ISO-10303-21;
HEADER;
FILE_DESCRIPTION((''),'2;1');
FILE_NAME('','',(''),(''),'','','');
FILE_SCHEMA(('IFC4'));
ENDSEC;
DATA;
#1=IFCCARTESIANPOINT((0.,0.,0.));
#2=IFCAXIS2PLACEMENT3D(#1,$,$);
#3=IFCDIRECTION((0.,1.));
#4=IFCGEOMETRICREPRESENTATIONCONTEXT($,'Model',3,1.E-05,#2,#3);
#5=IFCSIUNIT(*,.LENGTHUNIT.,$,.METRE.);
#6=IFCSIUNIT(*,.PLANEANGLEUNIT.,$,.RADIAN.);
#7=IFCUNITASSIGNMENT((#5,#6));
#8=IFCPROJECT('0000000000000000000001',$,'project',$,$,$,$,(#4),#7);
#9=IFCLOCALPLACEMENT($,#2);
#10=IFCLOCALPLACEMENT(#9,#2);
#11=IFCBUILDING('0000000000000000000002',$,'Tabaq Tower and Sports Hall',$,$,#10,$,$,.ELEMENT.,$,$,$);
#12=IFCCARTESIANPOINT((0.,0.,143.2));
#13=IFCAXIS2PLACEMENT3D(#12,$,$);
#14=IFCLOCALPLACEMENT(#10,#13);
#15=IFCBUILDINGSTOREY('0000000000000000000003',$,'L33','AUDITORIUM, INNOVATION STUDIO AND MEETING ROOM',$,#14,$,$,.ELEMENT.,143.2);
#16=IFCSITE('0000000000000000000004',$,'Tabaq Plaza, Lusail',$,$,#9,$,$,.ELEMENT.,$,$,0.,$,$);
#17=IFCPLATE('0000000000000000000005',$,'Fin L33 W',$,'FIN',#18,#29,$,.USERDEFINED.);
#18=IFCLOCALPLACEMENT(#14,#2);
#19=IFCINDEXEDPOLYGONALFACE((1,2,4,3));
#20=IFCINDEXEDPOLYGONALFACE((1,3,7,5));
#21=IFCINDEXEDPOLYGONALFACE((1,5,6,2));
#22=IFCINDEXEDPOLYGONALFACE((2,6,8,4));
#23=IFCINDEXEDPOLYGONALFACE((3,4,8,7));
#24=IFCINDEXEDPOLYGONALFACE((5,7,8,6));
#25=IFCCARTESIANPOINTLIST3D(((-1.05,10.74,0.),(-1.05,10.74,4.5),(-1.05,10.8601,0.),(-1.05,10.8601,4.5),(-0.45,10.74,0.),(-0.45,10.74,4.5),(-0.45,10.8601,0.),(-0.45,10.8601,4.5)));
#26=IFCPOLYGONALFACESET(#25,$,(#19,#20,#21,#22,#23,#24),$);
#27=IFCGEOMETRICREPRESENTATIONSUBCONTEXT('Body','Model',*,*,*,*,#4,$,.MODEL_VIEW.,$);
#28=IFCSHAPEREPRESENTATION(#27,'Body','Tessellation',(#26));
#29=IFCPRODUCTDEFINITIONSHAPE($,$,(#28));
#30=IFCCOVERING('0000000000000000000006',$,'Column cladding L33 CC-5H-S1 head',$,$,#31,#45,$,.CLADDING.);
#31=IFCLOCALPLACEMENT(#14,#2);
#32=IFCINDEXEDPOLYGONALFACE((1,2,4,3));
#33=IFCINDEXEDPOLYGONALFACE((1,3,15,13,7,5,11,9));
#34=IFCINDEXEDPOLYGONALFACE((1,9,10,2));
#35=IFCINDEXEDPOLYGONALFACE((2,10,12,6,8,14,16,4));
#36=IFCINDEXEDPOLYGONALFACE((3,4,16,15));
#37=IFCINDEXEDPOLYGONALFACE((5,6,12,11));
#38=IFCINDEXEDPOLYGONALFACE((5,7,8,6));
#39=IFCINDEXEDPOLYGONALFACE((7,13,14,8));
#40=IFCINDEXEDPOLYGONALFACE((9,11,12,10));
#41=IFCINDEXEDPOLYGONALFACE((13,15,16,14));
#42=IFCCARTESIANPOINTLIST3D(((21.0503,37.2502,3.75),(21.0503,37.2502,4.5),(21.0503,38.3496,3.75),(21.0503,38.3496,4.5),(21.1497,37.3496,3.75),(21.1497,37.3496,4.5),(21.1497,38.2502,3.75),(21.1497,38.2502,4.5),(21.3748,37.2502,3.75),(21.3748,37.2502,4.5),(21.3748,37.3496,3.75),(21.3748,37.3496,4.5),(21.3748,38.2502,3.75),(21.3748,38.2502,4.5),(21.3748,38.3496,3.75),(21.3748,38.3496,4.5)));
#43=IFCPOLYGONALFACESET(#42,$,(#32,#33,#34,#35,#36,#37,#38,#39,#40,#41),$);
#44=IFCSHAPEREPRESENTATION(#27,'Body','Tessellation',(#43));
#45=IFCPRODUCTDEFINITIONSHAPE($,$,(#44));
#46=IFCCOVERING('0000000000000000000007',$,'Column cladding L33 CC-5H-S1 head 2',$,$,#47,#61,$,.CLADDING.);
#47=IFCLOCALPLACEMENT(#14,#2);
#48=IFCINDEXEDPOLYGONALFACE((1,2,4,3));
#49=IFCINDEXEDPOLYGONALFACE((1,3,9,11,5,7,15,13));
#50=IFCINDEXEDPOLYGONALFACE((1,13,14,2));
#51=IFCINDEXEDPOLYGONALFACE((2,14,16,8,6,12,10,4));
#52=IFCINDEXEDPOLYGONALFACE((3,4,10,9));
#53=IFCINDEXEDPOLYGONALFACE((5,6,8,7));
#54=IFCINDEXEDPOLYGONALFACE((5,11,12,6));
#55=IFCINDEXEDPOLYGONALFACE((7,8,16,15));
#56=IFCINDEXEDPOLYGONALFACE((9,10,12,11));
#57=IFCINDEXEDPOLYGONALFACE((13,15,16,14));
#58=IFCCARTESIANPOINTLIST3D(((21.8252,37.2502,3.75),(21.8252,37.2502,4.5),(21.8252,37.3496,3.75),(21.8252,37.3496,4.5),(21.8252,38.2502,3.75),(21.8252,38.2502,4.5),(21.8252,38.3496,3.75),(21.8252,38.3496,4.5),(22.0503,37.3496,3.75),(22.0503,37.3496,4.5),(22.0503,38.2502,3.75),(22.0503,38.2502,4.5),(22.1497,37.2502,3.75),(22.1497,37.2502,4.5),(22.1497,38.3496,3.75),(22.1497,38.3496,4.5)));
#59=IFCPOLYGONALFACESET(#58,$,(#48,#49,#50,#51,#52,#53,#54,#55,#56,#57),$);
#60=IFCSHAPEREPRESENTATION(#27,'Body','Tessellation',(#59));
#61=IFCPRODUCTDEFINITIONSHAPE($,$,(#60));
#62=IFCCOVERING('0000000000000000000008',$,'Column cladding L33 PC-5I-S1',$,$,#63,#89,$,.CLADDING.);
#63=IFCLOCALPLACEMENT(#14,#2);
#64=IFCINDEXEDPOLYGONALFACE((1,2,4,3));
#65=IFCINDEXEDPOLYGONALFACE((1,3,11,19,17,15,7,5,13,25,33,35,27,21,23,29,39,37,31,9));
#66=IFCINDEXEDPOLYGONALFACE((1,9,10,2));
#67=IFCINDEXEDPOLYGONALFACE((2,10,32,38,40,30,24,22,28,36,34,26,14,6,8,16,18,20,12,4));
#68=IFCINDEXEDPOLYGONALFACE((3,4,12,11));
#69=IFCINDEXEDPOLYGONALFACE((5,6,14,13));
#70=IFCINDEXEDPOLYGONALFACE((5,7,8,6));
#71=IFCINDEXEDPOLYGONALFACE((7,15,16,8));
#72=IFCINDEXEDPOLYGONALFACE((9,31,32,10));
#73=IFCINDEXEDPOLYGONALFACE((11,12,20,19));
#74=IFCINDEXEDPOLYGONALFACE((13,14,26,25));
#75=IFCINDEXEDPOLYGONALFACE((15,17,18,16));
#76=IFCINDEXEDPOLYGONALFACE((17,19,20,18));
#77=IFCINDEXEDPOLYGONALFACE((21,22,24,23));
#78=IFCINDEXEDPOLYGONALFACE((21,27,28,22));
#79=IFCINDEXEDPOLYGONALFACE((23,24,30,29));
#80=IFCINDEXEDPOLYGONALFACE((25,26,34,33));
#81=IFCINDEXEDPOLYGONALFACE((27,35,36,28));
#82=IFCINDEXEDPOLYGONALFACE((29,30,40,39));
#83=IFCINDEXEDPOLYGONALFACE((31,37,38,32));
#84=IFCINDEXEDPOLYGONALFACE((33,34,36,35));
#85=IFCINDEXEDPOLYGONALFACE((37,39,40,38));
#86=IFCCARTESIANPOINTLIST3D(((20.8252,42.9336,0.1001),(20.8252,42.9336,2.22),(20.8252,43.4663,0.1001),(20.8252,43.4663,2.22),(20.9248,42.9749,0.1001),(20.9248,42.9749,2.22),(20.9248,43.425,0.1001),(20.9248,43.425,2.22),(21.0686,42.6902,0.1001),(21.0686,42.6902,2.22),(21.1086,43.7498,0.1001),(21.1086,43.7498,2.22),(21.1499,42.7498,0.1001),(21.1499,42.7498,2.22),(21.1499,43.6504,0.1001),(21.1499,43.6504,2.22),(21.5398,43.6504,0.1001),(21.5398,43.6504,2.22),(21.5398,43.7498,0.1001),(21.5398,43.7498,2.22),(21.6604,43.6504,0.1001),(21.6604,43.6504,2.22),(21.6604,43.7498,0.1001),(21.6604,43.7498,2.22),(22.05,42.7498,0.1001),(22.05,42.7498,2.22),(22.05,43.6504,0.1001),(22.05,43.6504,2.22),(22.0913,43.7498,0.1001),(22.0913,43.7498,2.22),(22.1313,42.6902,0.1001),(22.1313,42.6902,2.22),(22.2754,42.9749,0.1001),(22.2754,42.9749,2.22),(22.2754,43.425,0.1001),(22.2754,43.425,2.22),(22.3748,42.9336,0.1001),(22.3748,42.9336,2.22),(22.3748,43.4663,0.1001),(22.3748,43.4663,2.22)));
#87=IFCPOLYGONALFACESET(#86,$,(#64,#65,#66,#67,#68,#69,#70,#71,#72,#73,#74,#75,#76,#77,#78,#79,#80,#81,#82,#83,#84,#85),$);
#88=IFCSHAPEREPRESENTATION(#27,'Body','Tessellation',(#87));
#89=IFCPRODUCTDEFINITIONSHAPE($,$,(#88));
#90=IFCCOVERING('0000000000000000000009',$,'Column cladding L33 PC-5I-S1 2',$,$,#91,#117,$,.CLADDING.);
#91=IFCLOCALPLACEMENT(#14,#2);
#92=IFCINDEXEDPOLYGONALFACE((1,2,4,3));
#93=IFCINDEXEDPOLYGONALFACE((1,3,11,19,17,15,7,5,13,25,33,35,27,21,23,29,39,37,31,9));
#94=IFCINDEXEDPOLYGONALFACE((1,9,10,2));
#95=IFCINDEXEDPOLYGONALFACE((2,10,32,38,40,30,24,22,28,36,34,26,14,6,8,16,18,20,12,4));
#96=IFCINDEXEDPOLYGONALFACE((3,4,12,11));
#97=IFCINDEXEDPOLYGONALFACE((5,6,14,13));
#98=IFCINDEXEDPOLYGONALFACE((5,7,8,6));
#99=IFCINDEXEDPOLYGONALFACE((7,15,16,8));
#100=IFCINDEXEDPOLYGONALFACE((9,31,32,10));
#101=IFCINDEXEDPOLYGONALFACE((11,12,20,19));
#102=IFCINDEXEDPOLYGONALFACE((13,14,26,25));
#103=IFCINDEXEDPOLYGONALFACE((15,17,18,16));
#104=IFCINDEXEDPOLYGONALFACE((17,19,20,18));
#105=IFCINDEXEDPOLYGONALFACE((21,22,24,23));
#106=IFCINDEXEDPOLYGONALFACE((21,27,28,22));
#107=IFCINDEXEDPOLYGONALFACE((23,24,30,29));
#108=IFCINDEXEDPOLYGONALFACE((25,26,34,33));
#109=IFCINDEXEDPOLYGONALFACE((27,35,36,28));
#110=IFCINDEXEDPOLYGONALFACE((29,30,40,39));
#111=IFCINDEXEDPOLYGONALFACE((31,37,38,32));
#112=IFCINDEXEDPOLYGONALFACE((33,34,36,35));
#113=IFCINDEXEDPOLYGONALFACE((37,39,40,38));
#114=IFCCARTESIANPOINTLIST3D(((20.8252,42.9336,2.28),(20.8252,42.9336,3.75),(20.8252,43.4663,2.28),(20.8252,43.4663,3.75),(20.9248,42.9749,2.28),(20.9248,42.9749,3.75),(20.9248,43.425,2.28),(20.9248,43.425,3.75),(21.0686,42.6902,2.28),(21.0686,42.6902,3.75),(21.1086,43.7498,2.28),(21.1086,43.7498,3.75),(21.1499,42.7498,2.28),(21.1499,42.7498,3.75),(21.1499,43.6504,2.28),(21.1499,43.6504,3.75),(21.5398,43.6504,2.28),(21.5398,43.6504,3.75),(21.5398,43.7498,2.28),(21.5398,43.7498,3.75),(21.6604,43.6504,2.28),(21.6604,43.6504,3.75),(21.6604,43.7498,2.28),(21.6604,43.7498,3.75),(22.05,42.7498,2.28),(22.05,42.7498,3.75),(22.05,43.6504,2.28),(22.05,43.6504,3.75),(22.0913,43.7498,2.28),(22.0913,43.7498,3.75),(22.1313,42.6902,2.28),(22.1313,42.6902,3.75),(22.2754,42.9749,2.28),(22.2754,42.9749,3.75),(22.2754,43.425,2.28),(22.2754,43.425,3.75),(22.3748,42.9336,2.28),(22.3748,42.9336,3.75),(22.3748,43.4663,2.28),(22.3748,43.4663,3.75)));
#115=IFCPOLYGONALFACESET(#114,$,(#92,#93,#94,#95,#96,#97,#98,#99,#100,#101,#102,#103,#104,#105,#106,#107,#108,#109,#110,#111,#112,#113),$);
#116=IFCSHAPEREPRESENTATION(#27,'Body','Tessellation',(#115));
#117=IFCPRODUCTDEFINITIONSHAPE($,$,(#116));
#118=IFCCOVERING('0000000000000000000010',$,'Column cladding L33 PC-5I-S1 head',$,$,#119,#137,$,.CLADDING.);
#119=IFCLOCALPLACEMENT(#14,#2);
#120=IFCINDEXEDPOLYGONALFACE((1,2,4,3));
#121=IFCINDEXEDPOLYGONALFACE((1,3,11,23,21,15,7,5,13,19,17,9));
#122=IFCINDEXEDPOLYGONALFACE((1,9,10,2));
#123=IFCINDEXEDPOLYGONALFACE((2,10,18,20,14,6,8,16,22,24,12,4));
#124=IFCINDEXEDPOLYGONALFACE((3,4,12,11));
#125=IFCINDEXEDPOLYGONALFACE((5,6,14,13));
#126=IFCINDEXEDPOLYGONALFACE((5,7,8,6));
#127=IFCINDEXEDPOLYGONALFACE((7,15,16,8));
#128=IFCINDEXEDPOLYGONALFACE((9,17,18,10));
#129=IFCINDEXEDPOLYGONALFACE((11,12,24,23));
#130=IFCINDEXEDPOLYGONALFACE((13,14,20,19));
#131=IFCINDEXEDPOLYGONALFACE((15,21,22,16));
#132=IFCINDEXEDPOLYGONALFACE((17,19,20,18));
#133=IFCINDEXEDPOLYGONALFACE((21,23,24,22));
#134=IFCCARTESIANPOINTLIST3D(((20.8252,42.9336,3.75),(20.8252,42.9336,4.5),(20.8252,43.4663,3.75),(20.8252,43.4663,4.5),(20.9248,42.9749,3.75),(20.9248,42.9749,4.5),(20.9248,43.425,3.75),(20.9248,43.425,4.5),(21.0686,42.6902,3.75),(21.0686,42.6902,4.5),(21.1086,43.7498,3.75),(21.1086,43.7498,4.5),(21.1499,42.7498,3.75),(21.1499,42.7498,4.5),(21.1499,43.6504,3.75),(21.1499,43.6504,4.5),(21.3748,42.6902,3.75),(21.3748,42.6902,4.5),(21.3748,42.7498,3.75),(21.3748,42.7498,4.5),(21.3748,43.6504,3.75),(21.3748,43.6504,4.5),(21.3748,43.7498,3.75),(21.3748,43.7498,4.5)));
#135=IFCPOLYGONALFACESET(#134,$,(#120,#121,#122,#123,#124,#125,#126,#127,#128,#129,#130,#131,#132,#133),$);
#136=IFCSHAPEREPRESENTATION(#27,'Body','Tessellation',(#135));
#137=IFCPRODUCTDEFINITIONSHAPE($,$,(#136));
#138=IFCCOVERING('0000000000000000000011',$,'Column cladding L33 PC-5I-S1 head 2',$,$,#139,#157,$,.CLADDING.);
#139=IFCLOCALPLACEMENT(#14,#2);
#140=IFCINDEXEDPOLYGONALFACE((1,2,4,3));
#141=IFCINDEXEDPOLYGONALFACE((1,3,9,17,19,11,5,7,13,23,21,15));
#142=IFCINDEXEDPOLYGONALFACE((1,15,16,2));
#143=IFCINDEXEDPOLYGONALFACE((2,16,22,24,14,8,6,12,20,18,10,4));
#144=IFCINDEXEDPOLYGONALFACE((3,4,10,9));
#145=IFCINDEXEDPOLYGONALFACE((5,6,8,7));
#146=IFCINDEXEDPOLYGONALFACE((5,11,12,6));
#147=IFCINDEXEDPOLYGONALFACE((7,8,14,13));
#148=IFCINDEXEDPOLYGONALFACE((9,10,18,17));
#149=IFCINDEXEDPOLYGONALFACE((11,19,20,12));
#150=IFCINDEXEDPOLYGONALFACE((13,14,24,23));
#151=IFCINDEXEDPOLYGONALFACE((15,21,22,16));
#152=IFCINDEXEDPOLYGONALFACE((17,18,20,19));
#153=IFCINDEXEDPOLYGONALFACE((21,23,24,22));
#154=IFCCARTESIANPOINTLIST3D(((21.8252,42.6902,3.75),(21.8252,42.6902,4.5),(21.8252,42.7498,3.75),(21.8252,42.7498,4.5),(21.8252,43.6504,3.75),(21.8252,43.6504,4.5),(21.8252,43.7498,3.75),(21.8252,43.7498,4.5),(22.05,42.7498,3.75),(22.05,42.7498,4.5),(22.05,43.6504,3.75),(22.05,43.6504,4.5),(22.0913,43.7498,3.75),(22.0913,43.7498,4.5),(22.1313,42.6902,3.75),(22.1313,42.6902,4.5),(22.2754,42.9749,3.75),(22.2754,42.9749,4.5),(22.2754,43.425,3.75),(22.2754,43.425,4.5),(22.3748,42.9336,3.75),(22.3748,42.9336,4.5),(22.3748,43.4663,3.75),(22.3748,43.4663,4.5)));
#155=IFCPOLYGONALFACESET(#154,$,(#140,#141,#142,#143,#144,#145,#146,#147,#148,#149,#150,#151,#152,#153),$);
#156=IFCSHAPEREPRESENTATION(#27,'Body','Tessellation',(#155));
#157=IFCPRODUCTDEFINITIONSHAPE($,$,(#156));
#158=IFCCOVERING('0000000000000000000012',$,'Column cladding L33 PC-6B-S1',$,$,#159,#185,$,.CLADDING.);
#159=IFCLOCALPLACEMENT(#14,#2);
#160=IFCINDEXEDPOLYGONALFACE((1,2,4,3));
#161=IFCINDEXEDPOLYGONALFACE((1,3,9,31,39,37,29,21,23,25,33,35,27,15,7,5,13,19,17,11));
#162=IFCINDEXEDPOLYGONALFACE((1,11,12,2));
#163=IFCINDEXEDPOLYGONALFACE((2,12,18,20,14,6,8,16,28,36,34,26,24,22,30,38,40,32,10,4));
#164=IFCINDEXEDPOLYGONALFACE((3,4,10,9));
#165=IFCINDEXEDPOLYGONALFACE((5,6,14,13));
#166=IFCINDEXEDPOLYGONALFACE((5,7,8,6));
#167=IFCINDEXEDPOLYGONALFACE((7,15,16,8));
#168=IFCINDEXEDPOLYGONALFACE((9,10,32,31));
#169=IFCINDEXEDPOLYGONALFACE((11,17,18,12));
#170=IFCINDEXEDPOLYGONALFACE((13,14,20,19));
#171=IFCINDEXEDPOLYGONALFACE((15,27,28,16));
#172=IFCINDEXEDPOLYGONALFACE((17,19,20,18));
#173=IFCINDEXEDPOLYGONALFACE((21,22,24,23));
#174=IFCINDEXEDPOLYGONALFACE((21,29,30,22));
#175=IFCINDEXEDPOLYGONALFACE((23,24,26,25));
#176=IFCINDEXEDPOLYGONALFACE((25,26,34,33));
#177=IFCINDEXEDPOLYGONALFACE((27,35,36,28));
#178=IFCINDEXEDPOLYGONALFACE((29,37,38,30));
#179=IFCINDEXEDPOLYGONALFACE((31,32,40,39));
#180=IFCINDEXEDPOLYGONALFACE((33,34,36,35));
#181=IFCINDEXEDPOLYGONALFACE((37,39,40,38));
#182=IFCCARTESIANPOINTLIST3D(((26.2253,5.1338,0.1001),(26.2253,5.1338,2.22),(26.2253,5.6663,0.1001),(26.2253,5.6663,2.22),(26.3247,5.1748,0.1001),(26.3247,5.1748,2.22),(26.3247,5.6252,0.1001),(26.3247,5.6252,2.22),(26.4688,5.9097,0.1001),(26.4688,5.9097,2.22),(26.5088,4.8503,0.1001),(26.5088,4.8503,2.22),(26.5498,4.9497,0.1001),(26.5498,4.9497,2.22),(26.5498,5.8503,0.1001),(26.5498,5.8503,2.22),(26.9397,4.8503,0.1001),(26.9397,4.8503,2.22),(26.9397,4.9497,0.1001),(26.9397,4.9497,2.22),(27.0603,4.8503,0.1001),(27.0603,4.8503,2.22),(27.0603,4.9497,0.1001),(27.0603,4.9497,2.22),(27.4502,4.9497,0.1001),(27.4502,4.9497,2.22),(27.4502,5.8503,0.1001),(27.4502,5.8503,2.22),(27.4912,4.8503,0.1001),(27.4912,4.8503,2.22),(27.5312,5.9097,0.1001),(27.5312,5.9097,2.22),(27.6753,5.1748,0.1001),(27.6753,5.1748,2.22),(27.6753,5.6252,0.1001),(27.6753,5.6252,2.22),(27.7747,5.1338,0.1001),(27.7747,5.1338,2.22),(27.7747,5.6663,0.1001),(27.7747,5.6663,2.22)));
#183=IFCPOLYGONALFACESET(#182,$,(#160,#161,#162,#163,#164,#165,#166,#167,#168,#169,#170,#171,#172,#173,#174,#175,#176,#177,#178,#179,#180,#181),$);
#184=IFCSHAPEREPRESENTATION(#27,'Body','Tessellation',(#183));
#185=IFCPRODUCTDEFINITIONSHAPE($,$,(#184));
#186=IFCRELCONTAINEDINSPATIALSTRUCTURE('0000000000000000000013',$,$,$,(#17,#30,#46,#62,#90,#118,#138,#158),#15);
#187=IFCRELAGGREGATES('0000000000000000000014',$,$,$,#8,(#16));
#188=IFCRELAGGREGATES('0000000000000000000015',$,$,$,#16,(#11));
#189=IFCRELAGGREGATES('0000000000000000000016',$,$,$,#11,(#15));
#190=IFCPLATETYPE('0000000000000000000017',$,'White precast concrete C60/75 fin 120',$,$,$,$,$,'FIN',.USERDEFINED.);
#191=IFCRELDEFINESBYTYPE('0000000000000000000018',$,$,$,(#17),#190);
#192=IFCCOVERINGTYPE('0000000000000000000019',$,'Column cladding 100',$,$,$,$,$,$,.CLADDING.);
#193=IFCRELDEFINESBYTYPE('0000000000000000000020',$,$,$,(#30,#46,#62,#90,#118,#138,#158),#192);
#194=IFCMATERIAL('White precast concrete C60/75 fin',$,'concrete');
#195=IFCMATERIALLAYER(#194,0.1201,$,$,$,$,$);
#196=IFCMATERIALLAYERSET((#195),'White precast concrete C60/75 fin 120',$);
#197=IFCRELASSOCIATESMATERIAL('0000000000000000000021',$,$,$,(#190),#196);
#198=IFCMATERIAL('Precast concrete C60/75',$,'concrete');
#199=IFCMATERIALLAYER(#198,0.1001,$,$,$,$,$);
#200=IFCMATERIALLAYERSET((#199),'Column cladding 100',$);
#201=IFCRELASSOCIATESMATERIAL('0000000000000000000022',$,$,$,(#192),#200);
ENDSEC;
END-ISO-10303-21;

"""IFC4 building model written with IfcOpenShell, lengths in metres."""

from ifc_helpers import new_model, si_unit, direction, frame, origin, origin_2d, place, context, subcontext, project, spatial, polyline, rectangle, outline, extrude, material, layer, layer_set, type_object, element, save


model = new_model("IFC4")

# Units and contexts
model_context = context("Model", 3, precision=1e-05, world=origin(), true_north=direction((0.0, 1.0)))
body_context = subcontext(model_context, "Body", "Model", "MODEL_VIEW")
ifc_project = project(units=[si_unit("LENGTHUNIT", "METRE"), si_unit("PLANEANGLEUNIT", "RADIAN")], contexts=[model_context])

# Site, building, storey
site_placement = place(None, origin())
site = spatial("IfcSite", under=ifc_project, at=site_placement, Name="Tabaq Plaza, Lusail", CompositionType="ELEMENT", RefElevation=0.0)
building_placement = place(site_placement, origin())
building = spatial("IfcBuilding", under=site, at=building_placement, Name="Tabaq Tower and Sports Hall", CompositionType="ELEMENT")
storey_placement = place(building_placement, frame((0.0, 0.0, 143.2)))
storey = spatial("IfcBuildingStorey", under=building, at=storey_placement, Name="L33", Description="AUDITORIUM, INNOVATION STUDIO AND MEETING ROOM", CompositionType="ELEMENT", Elevation=143.2)

# Plate
ifc_material_1 = material(Name="White precast concrete C60/75 fin", Category="concrete")
ifc_layer_1 = layer(ifc_material_1, 0.1201)
ifc_layer_set_1 = layer_set([ifc_layer_1], Name="White precast concrete C60/75 fin 120")
plate_type = type_object("IfcPlateType", Name="White precast concrete C60/75 fin 120", ElementType="FIN", PredefinedType="USERDEFINED", material=ifc_layer_set_1)
plate_placement = place(storey_placement, frame((-0.75, 10.8, 0.0), z_axis=(0.0, 0.0, 1.0), x_axis=(0.0, -1.0, 0.0)))
element("IfcPlate", 1, at=plate_placement, inside=storey, type_object=plate_type, Name="Fin L33 W", ObjectType="FIN", PredefinedType="USERDEFINED", context=body_context, shape_type="SweptSolid", body=[
    extrude(rectangle(XDim=0.1201, YDim=0.6001, at=origin_2d()), origin(), (0.0, 0.0, 1.0), 4.5),
])

# Coverings
ifc_material_2 = material(Name="Precast concrete C60/75", Category="concrete")
ifc_layer_2 = layer(ifc_material_2, 0.1001)
ifc_layer_set_2 = layer_set([ifc_layer_2], Name="Column cladding 100")
covering_type_1 = type_object("IfcCoveringType", Name="Column cladding 100", PredefinedType="CLADDING", material=ifc_layer_set_2)
covering_1_placement = place(storey_placement, frame((0.0, 0.0, 3.75)))
element("IfcCovering", 2, at=covering_1_placement, inside=storey, type_object=covering_type_1, Name="Column cladding L33 CC-5H-S1 head", PredefinedType="CLADDING", context=body_context, shape_type="SweptSolid", body=[
    extrude(outline(polyline([(21.3748, 38.3496), (21.3748, 38.2502), (21.1497, 38.2502), (21.1497, 37.3496), (21.3748, 37.3496), (21.3748, 37.2502), (21.0503, 37.2502), (21.0503, 38.3496), (21.3748, 38.3496)])), origin(), (0.0, 0.0, 1.0), 0.75),
])
covering_2_placement = place(storey_placement, frame((0.0, 0.0, 3.75)))
element("IfcCovering", 3, at=covering_2_placement, inside=storey, type_object=covering_type_1, Name="Column cladding L33 CC-5H-S1 head 2", PredefinedType="CLADDING", context=body_context, shape_type="SweptSolid", body=[
    extrude(outline(polyline([(22.1497, 38.3496), (22.1497, 37.2502), (21.8252, 37.2502), (21.8252, 37.3496), (22.0503, 37.3496), (22.0503, 38.2502), (21.8252, 38.2502), (21.8252, 38.3496), (22.1497, 38.3496)])), origin(), (0.0, 0.0, 1.0), 0.75),
])
covering_3_placement = place(storey_placement, frame((0.0, 0.0, 0.1001)))
element("IfcCovering", 4, at=covering_3_placement, inside=storey, type_object=covering_type_1, Name="Column cladding L33 PC-5I-S1", PredefinedType="CLADDING", context=body_context, shape_type="SweptSolid", body=[
    extrude(outline(polyline([(20.8252, 43.4663), (21.1086, 43.7498), (21.5398, 43.7498), (21.5398, 43.6504), (21.1499, 43.6504), (20.9248, 43.425), (20.9248, 42.9749), (21.1499, 42.7498), (22.05, 42.7498), (22.2754, 42.9749), (22.2754, 43.425), (22.05, 43.6504), (21.6604, 43.6504), (21.6604, 43.7498), (22.0913, 43.7498), (22.3748, 43.4663), (22.3748, 42.9336), (22.1313, 42.6902), (21.0686, 42.6902), (20.8252, 42.9336), (20.8252, 43.4663)])), origin(), (0.0, 0.0, 1.0), 2.1199),
])
covering_4_placement = place(storey_placement, frame((0.0, 0.0, 2.28)))
element("IfcCovering", 5, at=covering_4_placement, inside=storey, type_object=covering_type_1, Name="Column cladding L33 PC-5I-S1 2", PredefinedType="CLADDING", context=body_context, shape_type="SweptSolid", body=[
    extrude(outline(polyline([(20.8252, 43.4663), (21.1086, 43.7498), (21.5398, 43.7498), (21.5398, 43.6504), (21.1499, 43.6504), (20.9248, 43.425), (20.9248, 42.9749), (21.1499, 42.7498), (22.05, 42.7498), (22.2754, 42.9749), (22.2754, 43.425), (22.05, 43.6504), (21.6604, 43.6504), (21.6604, 43.7498), (22.0913, 43.7498), (22.3748, 43.4663), (22.3748, 42.9336), (22.1313, 42.6902), (21.0686, 42.6902), (20.8252, 42.9336), (20.8252, 43.4663)])), origin(), (0.0, 0.0, 1.0), 1.47),
])
covering_5_placement = place(storey_placement, frame((0.0, 0.0, 3.75)))
element("IfcCovering", 6, at=covering_5_placement, inside=storey, type_object=covering_type_1, Name="Column cladding L33 PC-5I-S1 head", PredefinedType="CLADDING", context=body_context, shape_type="SweptSolid", body=[
    extrude(outline(polyline([(21.1086, 43.7498), (21.3748, 43.7498), (21.3748, 43.6504), (21.1499, 43.6504), (20.9248, 43.425), (20.9248, 42.9749), (21.1499, 42.7498), (21.3748, 42.7498), (21.3748, 42.6902), (21.0686, 42.6902), (20.8252, 42.9336), (20.8252, 43.4663), (21.1086, 43.7498)])), origin(), (0.0, 0.0, 1.0), 0.75),
])
covering_6_placement = place(storey_placement, frame((0.0, 0.0, 3.75)))
element("IfcCovering", 7, at=covering_6_placement, inside=storey, type_object=covering_type_1, Name="Column cladding L33 PC-5I-S1 head 2", PredefinedType="CLADDING", context=body_context, shape_type="SweptSolid", body=[
    extrude(outline(polyline([(22.05, 42.7498), (22.2754, 42.9749), (22.2754, 43.425), (22.05, 43.6504), (21.8252, 43.6504), (21.8252, 43.7498), (22.0913, 43.7498), (22.3748, 43.4663), (22.3748, 42.9336), (22.1313, 42.6902), (21.8252, 42.6902), (21.8252, 42.7498), (22.05, 42.7498)])), origin(), (0.0, 0.0, 1.0), 0.75),
])
covering_7_placement = place(storey_placement, frame((0.0, 0.0, 0.1001)))
element("IfcCovering", 8, at=covering_7_placement, inside=storey, type_object=covering_type_1, Name="Column cladding L33 PC-6B-S1", PredefinedType="CLADDING", context=body_context, shape_type="SweptSolid", body=[
    extrude(outline(polyline([(26.2253, 5.6663), (26.4688, 5.9097), (27.5312, 5.9097), (27.7747, 5.6663), (27.7747, 5.1338), (27.4912, 4.8503), (27.0603, 4.8503), (27.0603, 4.9497), (27.4502, 4.9497), (27.6753, 5.1748), (27.6753, 5.6252), (27.4502, 5.8503), (26.5498, 5.8503), (26.3247, 5.6252), (26.3247, 5.1748), (26.5498, 4.9497), (26.9397, 4.9497), (26.9397, 4.8503), (26.5088, 4.8503), (26.2253, 5.1338), (26.2253, 5.6663)])), origin(), (0.0, 0.0, 1.0), 2.1199),
])

save(model, "model.ifc")
